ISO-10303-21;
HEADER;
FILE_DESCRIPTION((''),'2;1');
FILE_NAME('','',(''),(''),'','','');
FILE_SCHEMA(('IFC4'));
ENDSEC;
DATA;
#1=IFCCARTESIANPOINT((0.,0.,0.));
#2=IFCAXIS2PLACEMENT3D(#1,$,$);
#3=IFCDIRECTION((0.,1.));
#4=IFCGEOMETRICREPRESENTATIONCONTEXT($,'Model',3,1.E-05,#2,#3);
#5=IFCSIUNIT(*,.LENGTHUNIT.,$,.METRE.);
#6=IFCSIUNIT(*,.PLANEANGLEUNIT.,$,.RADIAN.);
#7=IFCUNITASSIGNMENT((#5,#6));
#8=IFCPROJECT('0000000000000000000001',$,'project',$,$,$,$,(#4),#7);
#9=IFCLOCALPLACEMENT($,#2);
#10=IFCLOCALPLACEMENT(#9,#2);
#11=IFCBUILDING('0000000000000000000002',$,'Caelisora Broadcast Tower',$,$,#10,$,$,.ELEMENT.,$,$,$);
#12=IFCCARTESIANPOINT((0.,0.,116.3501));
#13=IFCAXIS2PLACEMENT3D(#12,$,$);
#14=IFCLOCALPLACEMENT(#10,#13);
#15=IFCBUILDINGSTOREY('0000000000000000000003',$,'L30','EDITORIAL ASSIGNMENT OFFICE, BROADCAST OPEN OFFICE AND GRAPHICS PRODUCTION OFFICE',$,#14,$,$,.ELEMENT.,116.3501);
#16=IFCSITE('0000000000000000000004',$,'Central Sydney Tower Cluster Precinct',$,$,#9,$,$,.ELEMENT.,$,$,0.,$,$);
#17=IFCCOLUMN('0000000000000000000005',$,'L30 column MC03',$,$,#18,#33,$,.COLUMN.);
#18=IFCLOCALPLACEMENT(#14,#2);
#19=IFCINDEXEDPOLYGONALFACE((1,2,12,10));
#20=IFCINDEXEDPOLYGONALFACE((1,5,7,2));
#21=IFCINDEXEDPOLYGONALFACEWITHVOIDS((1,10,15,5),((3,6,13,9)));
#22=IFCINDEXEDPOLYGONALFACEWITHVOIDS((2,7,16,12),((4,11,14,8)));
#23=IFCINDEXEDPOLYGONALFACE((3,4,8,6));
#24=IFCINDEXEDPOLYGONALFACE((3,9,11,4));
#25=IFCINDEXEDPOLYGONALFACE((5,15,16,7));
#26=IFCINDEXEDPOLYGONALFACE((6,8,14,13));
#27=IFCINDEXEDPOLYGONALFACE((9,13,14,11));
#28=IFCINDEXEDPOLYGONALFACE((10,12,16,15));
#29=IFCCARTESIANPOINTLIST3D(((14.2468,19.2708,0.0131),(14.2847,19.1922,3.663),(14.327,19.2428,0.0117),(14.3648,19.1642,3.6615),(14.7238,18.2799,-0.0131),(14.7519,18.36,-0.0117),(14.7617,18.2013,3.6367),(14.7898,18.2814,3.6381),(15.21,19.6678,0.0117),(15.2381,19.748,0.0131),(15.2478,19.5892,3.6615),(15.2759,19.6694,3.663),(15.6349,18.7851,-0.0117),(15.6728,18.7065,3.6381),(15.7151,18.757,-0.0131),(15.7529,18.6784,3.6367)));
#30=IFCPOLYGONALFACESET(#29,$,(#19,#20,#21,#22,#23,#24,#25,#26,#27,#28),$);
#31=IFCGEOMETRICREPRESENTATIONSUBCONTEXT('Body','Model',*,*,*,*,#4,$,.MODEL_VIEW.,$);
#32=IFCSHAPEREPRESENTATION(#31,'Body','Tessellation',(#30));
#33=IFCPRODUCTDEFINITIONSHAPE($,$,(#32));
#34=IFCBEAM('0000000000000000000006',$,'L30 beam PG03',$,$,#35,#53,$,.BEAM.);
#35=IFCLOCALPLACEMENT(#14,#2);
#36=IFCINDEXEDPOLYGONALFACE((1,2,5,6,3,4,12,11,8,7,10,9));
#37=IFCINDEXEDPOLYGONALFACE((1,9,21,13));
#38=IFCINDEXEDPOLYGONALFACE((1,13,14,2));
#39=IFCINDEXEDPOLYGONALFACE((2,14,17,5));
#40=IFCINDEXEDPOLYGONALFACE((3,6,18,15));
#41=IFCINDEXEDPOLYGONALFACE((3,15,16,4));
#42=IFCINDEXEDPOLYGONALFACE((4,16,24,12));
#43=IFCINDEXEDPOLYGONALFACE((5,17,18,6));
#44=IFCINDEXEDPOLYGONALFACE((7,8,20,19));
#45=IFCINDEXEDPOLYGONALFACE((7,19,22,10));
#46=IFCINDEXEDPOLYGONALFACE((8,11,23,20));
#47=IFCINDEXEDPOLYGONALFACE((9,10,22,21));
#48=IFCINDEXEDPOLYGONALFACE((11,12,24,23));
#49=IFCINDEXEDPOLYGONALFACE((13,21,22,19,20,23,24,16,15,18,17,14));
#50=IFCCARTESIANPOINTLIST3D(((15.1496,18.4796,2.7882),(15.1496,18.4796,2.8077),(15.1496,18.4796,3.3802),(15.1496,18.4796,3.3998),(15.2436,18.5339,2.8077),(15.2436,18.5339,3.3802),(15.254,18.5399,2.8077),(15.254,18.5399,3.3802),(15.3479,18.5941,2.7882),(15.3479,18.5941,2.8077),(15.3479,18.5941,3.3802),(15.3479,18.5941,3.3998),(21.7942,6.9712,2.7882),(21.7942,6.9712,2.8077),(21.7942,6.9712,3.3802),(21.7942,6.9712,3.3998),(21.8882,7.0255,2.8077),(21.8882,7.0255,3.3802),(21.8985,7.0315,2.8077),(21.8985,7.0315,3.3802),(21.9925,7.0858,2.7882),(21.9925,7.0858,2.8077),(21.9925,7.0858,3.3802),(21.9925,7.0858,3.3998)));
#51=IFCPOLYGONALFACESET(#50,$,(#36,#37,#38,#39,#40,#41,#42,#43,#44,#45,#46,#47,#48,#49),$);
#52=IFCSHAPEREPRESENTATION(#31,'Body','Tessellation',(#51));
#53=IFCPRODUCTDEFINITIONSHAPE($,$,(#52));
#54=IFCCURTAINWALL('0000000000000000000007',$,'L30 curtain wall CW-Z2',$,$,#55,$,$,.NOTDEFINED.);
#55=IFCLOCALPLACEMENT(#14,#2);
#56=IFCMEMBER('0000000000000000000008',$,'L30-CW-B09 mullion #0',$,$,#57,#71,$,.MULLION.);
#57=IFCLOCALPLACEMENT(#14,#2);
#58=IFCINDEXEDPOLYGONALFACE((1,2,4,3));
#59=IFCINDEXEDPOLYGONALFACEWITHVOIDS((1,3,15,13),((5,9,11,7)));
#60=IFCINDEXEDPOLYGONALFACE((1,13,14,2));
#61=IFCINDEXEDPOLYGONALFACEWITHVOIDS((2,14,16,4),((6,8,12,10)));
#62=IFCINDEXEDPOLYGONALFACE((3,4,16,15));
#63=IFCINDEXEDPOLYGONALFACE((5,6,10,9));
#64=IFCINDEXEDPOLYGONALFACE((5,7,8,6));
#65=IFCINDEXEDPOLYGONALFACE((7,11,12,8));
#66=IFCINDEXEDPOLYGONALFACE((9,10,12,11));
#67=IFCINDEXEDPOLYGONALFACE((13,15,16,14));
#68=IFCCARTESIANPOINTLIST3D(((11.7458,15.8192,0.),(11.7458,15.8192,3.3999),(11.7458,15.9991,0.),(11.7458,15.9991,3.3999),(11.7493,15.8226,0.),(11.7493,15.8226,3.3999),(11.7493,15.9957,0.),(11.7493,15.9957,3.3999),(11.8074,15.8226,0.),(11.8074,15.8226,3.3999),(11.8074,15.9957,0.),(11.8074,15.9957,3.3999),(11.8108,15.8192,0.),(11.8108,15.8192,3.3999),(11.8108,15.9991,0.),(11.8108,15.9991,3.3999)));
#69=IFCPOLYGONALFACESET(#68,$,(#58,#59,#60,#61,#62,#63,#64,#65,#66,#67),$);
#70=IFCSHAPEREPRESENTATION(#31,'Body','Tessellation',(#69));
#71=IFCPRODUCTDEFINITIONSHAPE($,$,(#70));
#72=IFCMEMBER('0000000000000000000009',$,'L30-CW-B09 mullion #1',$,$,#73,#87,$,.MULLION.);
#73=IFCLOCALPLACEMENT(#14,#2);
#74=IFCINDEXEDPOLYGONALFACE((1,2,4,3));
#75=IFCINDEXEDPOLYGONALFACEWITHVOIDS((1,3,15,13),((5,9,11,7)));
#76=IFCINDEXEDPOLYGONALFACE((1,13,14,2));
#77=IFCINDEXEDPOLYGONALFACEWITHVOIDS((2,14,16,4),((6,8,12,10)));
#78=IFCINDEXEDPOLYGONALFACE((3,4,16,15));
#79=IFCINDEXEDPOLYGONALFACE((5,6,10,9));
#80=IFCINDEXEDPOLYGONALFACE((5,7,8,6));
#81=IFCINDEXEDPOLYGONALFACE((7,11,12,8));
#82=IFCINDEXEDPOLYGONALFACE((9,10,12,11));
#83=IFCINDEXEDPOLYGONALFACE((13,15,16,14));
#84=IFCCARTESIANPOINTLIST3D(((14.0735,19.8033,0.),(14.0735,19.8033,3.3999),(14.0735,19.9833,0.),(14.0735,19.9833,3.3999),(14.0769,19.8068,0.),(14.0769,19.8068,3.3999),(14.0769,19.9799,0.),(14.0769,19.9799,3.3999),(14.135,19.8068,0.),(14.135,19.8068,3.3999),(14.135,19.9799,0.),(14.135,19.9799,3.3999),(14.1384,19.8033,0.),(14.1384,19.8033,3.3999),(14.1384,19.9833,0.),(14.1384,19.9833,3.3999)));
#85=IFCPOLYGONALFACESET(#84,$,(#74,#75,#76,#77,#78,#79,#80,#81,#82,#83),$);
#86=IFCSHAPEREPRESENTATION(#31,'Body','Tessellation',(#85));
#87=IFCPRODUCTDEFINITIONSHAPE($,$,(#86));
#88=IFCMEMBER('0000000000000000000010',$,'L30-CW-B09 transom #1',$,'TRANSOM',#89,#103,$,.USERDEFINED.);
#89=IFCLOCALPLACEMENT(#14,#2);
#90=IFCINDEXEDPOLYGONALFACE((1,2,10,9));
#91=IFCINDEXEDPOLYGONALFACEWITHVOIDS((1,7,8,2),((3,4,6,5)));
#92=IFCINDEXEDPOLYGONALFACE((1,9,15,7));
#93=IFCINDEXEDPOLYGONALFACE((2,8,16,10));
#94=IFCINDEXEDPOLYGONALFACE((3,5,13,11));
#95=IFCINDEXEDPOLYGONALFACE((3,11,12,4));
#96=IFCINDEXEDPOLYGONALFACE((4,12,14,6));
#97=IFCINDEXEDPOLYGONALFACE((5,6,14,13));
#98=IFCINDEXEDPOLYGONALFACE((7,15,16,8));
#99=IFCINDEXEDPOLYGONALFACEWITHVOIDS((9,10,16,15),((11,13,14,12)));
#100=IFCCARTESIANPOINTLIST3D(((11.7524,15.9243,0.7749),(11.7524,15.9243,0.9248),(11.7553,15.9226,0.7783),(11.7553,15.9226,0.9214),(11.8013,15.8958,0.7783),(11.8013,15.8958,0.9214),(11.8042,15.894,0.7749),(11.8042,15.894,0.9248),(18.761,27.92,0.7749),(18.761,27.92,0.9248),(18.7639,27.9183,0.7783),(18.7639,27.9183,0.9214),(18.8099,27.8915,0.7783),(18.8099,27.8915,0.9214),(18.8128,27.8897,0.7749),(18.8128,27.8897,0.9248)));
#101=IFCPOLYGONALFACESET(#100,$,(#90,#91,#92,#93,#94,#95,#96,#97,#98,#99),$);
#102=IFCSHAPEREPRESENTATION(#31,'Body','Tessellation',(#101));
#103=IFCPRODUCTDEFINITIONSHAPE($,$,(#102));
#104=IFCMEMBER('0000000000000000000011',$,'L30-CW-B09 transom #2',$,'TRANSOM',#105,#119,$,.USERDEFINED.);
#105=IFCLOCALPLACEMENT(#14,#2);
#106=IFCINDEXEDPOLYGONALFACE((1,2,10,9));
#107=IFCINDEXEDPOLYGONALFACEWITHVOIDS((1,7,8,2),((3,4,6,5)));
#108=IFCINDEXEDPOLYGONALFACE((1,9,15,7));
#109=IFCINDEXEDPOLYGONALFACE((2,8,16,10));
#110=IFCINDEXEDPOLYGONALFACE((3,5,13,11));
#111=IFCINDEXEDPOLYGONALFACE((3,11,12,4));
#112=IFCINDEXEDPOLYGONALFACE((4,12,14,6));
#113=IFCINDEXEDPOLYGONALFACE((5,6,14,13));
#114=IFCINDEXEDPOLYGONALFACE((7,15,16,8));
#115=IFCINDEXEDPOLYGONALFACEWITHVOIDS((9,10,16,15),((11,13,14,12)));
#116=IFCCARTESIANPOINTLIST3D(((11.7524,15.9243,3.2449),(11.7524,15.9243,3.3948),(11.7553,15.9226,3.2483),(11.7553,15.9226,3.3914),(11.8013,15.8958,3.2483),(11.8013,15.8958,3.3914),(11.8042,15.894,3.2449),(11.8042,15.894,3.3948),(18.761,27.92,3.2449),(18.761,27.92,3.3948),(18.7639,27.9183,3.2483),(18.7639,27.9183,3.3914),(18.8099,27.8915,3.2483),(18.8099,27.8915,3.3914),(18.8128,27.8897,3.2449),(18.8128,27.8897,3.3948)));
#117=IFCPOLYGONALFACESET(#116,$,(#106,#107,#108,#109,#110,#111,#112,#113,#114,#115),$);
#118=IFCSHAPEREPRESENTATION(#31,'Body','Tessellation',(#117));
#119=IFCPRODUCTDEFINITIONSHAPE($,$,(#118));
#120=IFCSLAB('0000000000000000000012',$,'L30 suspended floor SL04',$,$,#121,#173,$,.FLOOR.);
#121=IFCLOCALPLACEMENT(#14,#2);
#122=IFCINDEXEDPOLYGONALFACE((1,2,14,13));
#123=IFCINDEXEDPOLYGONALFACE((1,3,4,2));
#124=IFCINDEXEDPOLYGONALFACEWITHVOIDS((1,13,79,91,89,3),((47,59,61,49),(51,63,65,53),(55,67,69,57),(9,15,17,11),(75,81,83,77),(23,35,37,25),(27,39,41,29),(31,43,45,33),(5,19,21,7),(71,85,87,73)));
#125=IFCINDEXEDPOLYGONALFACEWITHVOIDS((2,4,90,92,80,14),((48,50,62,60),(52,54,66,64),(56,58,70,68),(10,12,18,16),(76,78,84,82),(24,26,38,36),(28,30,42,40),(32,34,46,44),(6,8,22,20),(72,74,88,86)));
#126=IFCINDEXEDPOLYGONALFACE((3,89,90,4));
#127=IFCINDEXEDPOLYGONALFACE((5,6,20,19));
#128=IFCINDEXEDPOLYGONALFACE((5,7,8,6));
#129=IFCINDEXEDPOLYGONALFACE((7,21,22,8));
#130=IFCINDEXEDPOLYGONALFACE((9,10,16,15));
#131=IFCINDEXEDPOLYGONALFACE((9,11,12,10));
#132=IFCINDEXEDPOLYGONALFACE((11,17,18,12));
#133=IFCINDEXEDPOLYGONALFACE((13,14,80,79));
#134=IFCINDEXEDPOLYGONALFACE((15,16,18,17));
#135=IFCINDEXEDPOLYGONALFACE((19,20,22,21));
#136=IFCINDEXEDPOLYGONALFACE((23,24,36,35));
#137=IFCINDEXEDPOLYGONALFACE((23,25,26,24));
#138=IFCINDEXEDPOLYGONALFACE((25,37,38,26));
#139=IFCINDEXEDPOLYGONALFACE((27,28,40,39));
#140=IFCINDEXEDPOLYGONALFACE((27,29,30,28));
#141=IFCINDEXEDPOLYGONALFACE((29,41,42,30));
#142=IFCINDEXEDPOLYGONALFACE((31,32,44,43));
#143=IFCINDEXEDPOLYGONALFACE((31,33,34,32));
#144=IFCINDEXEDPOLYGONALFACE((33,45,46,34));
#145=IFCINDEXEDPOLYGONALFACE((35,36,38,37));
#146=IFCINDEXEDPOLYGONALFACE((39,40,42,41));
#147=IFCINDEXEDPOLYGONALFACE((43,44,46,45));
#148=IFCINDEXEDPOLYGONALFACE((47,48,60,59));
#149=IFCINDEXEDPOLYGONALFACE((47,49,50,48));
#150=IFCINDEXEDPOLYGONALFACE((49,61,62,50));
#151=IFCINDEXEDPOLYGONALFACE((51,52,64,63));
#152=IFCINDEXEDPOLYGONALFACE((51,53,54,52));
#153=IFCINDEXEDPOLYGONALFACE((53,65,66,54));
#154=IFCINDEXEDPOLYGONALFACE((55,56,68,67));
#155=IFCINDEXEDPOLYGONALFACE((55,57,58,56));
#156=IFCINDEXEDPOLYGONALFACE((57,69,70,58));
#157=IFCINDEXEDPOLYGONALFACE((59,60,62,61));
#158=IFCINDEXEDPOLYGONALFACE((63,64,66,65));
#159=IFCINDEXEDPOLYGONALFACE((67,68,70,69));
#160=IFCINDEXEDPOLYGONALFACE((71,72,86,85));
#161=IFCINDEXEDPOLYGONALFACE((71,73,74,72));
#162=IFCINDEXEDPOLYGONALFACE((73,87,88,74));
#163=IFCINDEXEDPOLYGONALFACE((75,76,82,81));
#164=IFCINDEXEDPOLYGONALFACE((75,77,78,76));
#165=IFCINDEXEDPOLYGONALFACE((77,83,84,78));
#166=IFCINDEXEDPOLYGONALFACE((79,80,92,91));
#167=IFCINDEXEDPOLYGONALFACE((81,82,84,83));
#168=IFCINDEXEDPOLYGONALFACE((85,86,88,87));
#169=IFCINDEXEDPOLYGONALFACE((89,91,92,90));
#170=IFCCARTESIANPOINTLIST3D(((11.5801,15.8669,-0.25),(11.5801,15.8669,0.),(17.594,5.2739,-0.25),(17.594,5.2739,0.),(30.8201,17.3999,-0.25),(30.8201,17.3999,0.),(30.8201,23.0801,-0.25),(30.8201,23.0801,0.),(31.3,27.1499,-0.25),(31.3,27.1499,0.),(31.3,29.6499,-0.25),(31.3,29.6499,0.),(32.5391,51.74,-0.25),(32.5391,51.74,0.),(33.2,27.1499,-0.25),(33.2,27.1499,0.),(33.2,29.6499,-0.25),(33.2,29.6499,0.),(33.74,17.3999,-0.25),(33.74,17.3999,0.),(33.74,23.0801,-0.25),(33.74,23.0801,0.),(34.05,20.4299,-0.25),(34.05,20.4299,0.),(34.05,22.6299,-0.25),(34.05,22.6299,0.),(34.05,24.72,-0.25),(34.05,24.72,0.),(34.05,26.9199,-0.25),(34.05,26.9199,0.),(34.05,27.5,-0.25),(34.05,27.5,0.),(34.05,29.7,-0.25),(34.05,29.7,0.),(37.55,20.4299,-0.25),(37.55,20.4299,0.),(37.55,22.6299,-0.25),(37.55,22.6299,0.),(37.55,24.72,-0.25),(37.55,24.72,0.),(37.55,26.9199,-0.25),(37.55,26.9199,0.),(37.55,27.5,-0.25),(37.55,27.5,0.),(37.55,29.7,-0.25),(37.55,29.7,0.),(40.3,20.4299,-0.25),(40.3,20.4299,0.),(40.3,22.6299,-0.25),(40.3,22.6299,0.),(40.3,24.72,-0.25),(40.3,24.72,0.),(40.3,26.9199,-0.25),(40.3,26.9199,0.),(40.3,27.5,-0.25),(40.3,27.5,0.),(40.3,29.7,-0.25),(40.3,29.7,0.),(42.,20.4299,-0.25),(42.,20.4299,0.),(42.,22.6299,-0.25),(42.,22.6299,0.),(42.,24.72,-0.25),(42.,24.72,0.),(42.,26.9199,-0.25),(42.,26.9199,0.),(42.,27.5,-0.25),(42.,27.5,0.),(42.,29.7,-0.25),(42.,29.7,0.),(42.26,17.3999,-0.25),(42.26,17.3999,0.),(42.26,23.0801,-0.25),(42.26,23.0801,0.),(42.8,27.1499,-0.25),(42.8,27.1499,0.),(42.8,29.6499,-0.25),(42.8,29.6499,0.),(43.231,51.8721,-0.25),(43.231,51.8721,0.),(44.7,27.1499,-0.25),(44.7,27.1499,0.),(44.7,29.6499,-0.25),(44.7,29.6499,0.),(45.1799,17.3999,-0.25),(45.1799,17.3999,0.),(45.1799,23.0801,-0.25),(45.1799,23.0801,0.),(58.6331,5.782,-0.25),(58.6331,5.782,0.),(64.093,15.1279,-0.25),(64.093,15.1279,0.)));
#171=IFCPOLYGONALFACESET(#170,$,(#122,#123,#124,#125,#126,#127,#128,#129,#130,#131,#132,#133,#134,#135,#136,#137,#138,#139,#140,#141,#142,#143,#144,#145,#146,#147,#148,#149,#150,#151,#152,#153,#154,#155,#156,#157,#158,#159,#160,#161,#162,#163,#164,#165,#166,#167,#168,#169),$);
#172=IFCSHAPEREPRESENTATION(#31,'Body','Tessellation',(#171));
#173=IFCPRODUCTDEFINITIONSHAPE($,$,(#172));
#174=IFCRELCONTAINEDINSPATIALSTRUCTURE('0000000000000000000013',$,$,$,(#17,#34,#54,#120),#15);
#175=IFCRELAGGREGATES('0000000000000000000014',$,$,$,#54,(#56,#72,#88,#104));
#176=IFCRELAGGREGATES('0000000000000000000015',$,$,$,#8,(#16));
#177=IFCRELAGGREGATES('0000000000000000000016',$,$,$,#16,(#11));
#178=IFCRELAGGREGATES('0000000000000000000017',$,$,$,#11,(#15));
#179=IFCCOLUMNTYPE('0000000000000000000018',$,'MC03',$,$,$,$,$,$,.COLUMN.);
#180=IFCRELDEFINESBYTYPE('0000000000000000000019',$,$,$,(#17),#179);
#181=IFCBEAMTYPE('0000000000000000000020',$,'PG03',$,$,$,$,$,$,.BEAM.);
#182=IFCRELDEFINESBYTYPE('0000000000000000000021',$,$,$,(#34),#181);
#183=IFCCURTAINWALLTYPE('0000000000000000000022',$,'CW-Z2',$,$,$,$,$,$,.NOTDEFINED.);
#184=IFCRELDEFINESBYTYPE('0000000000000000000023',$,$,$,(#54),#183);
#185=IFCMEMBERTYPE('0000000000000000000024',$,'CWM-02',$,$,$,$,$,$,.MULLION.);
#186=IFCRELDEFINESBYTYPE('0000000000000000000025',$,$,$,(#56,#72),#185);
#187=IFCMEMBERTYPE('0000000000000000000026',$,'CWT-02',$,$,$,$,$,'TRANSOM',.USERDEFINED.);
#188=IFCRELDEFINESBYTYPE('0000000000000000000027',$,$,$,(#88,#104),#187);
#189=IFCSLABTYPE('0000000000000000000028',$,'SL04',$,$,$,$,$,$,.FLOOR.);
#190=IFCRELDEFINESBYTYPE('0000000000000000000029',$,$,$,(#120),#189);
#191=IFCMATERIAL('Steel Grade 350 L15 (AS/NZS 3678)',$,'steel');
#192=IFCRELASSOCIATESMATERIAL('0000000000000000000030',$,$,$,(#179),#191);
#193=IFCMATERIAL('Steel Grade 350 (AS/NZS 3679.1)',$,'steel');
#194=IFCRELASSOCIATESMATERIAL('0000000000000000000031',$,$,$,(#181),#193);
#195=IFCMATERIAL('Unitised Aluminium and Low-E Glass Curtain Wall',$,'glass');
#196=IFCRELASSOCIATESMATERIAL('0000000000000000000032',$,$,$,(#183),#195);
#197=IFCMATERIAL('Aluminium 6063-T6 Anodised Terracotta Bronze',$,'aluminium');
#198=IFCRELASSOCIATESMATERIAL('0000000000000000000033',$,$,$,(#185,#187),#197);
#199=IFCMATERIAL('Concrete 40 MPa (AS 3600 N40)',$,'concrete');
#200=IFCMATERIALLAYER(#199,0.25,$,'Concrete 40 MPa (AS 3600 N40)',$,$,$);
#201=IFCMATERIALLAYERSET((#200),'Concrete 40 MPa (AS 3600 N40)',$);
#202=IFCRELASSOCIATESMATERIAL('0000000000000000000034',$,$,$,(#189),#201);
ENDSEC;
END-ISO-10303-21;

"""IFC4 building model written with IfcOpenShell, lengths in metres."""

from ifc_helpers import new_model, si_unit, direction, frame, origin, origin_2d, place, context, subcontext, project, spatial, polyline, hollow_rectangle, i_section, outline, extrude, source, transform, mapped, material, layer, layer_set, material_profile, profile_set, type_object, type_shapes, element, aggregate, save


model = new_model("IFC4")

# Units and contexts
model_context = context("Model", 3, precision=1e-05, world=origin(), true_north=direction((0.0, 1.0)))
body_context = subcontext(model_context, "Body", "Model", "MODEL_VIEW")
ifc_project = project(units=[si_unit("LENGTHUNIT", "METRE"), si_unit("PLANEANGLEUNIT", "RADIAN")], contexts=[model_context])

# Site, building, storey
site_placement = place(None, origin())
site = spatial("IfcSite", under=ifc_project, at=site_placement, Name="Central Sydney Tower Cluster Precinct", CompositionType="ELEMENT", RefElevation=0.0)
building_placement = place(site_placement, origin())
building = spatial("IfcBuilding", under=site, at=building_placement, Name="Caelisora Broadcast Tower", CompositionType="ELEMENT")
storey_placement = place(building_placement, frame((0.0, 0.0, 116.3501)))
storey = spatial("IfcBuildingStorey", under=building, at=storey_placement, Name="L30", Description="EDITORIAL ASSIGNMENT OFFICE, BROADCAST OPEN OFFICE AND GRAPHICS PRODUCTION OFFICE", CompositionType="ELEMENT", Elevation=116.3501)

# Column
ifc_material_1 = material(Name="Steel Grade 350 L15 (AS/NZS 3678)", Category="steel")
ifc_material_profile_1 = material_profile(ifc_material_1, hollow_rectangle(XDim=1.1001, YDim=1.1001, WallThickness=0.0601, at=origin_2d()), Name="Steel Grade 350 L15 (AS/NZS 3678)")
ifc_profile_set_1 = profile_set([ifc_material_profile_1], Name="Steel Grade 350 L15 (AS/NZS 3678)")
column_type = type_object("IfcColumnType", Name="MC03", PredefinedType="COLUMN", material=ifc_profile_set_1)
shared_shape_1 = source(origin(), body_context, "Body", "SweptSolid", [
    extrude(hollow_rectangle(XDim=1.1001, YDim=1.1001, WallThickness=0.0601, at=origin_2d()), origin(), (0.0, 0.0, 1.0), 3.6509),
])
type_shapes(column_type, [shared_shape_1])
column_placement = place(storey_placement, frame((14.981, 19.0139, 0.0), z_axis=(0.010365, -0.021532, 0.999714), x_axis=(0.901042, 0.433731, 0.0)))
element("IfcColumn", 1, at=column_placement, inside=storey, type_object=column_type, Name="L30 column MC03", PredefinedType="COLUMN", context=body_context, shape_type="MappedRepresentation", body=[
    mapped(shared_shape_1, transform((0.0, 0.0, 0.0), scale=1.0)),
])

# Beam
ifc_material_2 = material(Name="Steel Grade 350 (AS/NZS 3679.1)", Category="steel")
ifc_material_profile_2 = material_profile(ifc_material_2, i_section(OverallWidth=0.229, OverallDepth=0.6116, WebThickness=0.012, FlangeThickness=0.0195, at=origin_2d()), Name="Steel Grade 350 (AS/NZS 3679.1)")
ifc_profile_set_2 = profile_set([ifc_material_profile_2], Name="Steel Grade 350 (AS/NZS 3679.1)")
beam_type = type_object("IfcBeamType", Name="PG03", PredefinedType="BEAM", material=ifc_profile_set_2)
shared_shape_2 = source(origin(), body_context, "Body", "SweptSolid", [
    extrude(i_section(OverallWidth=0.229, OverallDepth=0.6116, WebThickness=0.012, FlangeThickness=0.0195, at=origin_2d()), origin(), (0.0, 0.0, 1.0), 13.2888),
])
type_shapes(beam_type, [shared_shape_2])
beam_placement = place(storey_placement, frame((15.2488, 18.5369, 3.094), z_axis=(0.500012, -0.866019, 0.0), x_axis=(0.866019, 0.500012, 0.0)))
element("IfcBeam", 2, at=beam_placement, inside=storey, type_object=beam_type, Name="L30 beam PG03", PredefinedType="BEAM", context=body_context, shape_type="MappedRepresentation", body=[
    mapped(shared_shape_2, transform((0.0, 0.0, 0.0), scale=1.0)),
])

# Curtain wall, members
ifc_material_3 = material(Name="Unitised Aluminium and Low-E Glass Curtain Wall", Category="glass")
curtain_wall_type = type_object("IfcCurtainWallType", Name="CW-Z2", PredefinedType="NOTDEFINED", material=ifc_material_3)
curtain_wall_placement = place(storey_placement, origin())
curtain_wall = element("IfcCurtainWall", 3, at=curtain_wall_placement, inside=storey, type_object=curtain_wall_type, Name="L30 curtain wall CW-Z2", PredefinedType="NOTDEFINED")
ifc_material_4 = material(Name="Aluminium 6063-T6 Anodised Terracotta Bronze", Category="aluminium")
ifc_material_profile_3 = material_profile(ifc_material_4, hollow_rectangle(XDim=0.0649, YDim=0.1799, WallThickness=0.0034, at=origin_2d()), Name="Aluminium 6063-T6 Anodised Terracotta Bronze")
ifc_profile_set_3 = profile_set([ifc_material_profile_3], Name="Aluminium 6063-T6 Anodised Terracotta Bronze")
member_type_1 = type_object("IfcMemberType", Name="CWM-02", PredefinedType="MULLION", material=ifc_profile_set_3)
shared_shape_3 = source(origin(), body_context, "Body", "SweptSolid", [
    extrude(hollow_rectangle(XDim=0.0649, YDim=0.1799, WallThickness=0.0034, at=origin_2d()), origin(), (0.0, 0.0, 1.0), 3.3999),
])
type_shapes(member_type_1, [shared_shape_3])
member_1_placement = place(storey_placement, frame((11.7783, 15.9092, 0.0), z_axis=(0.0, 0.0, 1.0), x_axis=(1.0, 0.0, 0.0)))
member_1 = element("IfcMember", 4, at=member_1_placement, type_object=member_type_1, Name="L30-CW-B09 mullion #0", PredefinedType="MULLION", context=body_context, shape_type="MappedRepresentation", body=[
    mapped(shared_shape_3, transform((0.0, 0.0, 0.0), scale=1.0)),
])
member_2_placement = place(storey_placement, frame((14.106, 19.8933, 0.0), z_axis=(0.0, 0.0, 1.0), x_axis=(1.0, 0.0, 0.0)))
member_2 = element("IfcMember", 5, at=member_2_placement, type_object=member_type_1, Name="L30-CW-B09 mullion #1", PredefinedType="MULLION", context=body_context, shape_type="MappedRepresentation", body=[
    mapped(shared_shape_3, transform((0.0, 0.0, 0.0), scale=1.0)),
])
ifc_material_profile_4 = material_profile(ifc_material_4, hollow_rectangle(XDim=0.0601, YDim=0.1499, WallThickness=0.0034, at=origin_2d()), Name="Aluminium 6063-T6 Anodised Terracotta Bronze")
ifc_profile_set_4 = profile_set([ifc_material_profile_4], Name="Aluminium 6063-T6 Anodised Terracotta Bronze")
member_type_2 = type_object("IfcMemberType", Name="CWT-02", ElementType="TRANSOM", PredefinedType="USERDEFINED", material=ifc_profile_set_4)
shared_shape_4 = source(origin(), body_context, "Body", "SweptSolid", [
    extrude(hollow_rectangle(XDim=0.0601, YDim=0.1499, WallThickness=0.0034, at=origin_2d()), origin(), (0.0, 0.0, 1.0), 13.8931),
])
type_shapes(member_type_2, [shared_shape_4])
member_3_placement = place(storey_placement, frame((11.7783, 15.9092, 0.8499), z_axis=(0.504467, 0.863431, 0.0), x_axis=(-0.863431, 0.504467, 0.0)))
member_3 = element("IfcMember", 6, at=member_3_placement, type_object=member_type_2, Name="L30-CW-B09 transom #1", ObjectType="TRANSOM", PredefinedType="USERDEFINED", context=body_context, shape_type="MappedRepresentation", body=[
    mapped(shared_shape_4, transform((0.0, 0.0, 0.0), scale=1.0)),
])
member_4_placement = place(storey_placement, frame((11.7783, 15.9092, 3.3198), z_axis=(0.504467, 0.863431, 0.0), x_axis=(-0.863431, 0.504467, 0.0)))
member_4 = element("IfcMember", 7, at=member_4_placement, type_object=member_type_2, Name="L30-CW-B09 transom #2", ObjectType="TRANSOM", PredefinedType="USERDEFINED", context=body_context, shape_type="MappedRepresentation", body=[
    mapped(shared_shape_4, transform((0.0, 0.0, 0.0), scale=1.0)),
])

# Slab
ifc_material_5 = material(Name="Concrete 40 MPa (AS 3600 N40)", Category="concrete")
ifc_layer_1 = layer(ifc_material_5, 0.25, Name="Concrete 40 MPa (AS 3600 N40)")
ifc_layer_set_1 = layer_set([ifc_layer_1], Name="Concrete 40 MPa (AS 3600 N40)")
slab_type_1 = type_object("IfcSlabType", Name="SL04", PredefinedType="FLOOR", material=ifc_layer_set_1)
slab_1_placement = place(storey_placement, frame((0.0, 0.0, -0.25)))
element("IfcSlab", 8, at=slab_1_placement, inside=storey, type_object=slab_type_1, Name="L30 suspended floor SL04", PredefinedType="FLOOR", context=body_context, shape_type="SweptSolid", body=[
    extrude(outline(polyline([(43.231, 51.8721), (32.5391, 51.74), (11.5801, 15.8669), (17.594, 5.2739), (58.6331, 5.782), (64.093, 15.1279), (43.231, 51.8721)]), holes=[polyline([(30.8201, 17.3999), (33.74, 17.3999), (33.74, 23.0801), (30.8201, 23.0801), (30.8201, 17.3999)]), polyline([(42.26, 17.3999), (45.1799, 17.3999), (45.1799, 23.0801), (42.26, 23.0801), (42.26, 17.3999)]), polyline([(42.8, 27.1499), (44.7, 27.1499), (44.7, 29.6499), (42.8, 29.6499), (42.8, 27.1499)]), polyline([(40.3, 20.4299), (42.0, 20.4299), (42.0, 22.6299), (40.3, 22.6299), (40.3, 20.4299)]), polyline([(40.3, 24.72), (42.0, 24.72), (42.0, 26.9199), (40.3, 26.9199), (40.3, 24.72)]), polyline([(40.3, 27.5), (42.0, 27.5), (42.0, 29.7), (40.3, 29.7), (40.3, 27.5)]), polyline([(34.05, 20.4299), (37.55, 20.4299), (37.55, 22.6299), (34.05, 22.6299), (34.05, 20.4299)]), polyline([(34.05, 24.72), (37.55, 24.72), (37.55, 26.9199), (34.05, 26.9199), (34.05, 24.72)]), polyline([(34.05, 27.5), (37.55, 27.5), (37.55, 29.7), (34.05, 29.7), (34.05, 27.5)]), polyline([(31.3, 27.1499), (33.2, 27.1499), (33.2, 29.6499), (31.3, 29.6499), (31.3, 27.1499)])]), origin(), (0.0, 0.0, 1.0), 0.25),
])

aggregate(curtain_wall, [member_1, member_2, member_3, member_4])

save(model, "model.ifc")
